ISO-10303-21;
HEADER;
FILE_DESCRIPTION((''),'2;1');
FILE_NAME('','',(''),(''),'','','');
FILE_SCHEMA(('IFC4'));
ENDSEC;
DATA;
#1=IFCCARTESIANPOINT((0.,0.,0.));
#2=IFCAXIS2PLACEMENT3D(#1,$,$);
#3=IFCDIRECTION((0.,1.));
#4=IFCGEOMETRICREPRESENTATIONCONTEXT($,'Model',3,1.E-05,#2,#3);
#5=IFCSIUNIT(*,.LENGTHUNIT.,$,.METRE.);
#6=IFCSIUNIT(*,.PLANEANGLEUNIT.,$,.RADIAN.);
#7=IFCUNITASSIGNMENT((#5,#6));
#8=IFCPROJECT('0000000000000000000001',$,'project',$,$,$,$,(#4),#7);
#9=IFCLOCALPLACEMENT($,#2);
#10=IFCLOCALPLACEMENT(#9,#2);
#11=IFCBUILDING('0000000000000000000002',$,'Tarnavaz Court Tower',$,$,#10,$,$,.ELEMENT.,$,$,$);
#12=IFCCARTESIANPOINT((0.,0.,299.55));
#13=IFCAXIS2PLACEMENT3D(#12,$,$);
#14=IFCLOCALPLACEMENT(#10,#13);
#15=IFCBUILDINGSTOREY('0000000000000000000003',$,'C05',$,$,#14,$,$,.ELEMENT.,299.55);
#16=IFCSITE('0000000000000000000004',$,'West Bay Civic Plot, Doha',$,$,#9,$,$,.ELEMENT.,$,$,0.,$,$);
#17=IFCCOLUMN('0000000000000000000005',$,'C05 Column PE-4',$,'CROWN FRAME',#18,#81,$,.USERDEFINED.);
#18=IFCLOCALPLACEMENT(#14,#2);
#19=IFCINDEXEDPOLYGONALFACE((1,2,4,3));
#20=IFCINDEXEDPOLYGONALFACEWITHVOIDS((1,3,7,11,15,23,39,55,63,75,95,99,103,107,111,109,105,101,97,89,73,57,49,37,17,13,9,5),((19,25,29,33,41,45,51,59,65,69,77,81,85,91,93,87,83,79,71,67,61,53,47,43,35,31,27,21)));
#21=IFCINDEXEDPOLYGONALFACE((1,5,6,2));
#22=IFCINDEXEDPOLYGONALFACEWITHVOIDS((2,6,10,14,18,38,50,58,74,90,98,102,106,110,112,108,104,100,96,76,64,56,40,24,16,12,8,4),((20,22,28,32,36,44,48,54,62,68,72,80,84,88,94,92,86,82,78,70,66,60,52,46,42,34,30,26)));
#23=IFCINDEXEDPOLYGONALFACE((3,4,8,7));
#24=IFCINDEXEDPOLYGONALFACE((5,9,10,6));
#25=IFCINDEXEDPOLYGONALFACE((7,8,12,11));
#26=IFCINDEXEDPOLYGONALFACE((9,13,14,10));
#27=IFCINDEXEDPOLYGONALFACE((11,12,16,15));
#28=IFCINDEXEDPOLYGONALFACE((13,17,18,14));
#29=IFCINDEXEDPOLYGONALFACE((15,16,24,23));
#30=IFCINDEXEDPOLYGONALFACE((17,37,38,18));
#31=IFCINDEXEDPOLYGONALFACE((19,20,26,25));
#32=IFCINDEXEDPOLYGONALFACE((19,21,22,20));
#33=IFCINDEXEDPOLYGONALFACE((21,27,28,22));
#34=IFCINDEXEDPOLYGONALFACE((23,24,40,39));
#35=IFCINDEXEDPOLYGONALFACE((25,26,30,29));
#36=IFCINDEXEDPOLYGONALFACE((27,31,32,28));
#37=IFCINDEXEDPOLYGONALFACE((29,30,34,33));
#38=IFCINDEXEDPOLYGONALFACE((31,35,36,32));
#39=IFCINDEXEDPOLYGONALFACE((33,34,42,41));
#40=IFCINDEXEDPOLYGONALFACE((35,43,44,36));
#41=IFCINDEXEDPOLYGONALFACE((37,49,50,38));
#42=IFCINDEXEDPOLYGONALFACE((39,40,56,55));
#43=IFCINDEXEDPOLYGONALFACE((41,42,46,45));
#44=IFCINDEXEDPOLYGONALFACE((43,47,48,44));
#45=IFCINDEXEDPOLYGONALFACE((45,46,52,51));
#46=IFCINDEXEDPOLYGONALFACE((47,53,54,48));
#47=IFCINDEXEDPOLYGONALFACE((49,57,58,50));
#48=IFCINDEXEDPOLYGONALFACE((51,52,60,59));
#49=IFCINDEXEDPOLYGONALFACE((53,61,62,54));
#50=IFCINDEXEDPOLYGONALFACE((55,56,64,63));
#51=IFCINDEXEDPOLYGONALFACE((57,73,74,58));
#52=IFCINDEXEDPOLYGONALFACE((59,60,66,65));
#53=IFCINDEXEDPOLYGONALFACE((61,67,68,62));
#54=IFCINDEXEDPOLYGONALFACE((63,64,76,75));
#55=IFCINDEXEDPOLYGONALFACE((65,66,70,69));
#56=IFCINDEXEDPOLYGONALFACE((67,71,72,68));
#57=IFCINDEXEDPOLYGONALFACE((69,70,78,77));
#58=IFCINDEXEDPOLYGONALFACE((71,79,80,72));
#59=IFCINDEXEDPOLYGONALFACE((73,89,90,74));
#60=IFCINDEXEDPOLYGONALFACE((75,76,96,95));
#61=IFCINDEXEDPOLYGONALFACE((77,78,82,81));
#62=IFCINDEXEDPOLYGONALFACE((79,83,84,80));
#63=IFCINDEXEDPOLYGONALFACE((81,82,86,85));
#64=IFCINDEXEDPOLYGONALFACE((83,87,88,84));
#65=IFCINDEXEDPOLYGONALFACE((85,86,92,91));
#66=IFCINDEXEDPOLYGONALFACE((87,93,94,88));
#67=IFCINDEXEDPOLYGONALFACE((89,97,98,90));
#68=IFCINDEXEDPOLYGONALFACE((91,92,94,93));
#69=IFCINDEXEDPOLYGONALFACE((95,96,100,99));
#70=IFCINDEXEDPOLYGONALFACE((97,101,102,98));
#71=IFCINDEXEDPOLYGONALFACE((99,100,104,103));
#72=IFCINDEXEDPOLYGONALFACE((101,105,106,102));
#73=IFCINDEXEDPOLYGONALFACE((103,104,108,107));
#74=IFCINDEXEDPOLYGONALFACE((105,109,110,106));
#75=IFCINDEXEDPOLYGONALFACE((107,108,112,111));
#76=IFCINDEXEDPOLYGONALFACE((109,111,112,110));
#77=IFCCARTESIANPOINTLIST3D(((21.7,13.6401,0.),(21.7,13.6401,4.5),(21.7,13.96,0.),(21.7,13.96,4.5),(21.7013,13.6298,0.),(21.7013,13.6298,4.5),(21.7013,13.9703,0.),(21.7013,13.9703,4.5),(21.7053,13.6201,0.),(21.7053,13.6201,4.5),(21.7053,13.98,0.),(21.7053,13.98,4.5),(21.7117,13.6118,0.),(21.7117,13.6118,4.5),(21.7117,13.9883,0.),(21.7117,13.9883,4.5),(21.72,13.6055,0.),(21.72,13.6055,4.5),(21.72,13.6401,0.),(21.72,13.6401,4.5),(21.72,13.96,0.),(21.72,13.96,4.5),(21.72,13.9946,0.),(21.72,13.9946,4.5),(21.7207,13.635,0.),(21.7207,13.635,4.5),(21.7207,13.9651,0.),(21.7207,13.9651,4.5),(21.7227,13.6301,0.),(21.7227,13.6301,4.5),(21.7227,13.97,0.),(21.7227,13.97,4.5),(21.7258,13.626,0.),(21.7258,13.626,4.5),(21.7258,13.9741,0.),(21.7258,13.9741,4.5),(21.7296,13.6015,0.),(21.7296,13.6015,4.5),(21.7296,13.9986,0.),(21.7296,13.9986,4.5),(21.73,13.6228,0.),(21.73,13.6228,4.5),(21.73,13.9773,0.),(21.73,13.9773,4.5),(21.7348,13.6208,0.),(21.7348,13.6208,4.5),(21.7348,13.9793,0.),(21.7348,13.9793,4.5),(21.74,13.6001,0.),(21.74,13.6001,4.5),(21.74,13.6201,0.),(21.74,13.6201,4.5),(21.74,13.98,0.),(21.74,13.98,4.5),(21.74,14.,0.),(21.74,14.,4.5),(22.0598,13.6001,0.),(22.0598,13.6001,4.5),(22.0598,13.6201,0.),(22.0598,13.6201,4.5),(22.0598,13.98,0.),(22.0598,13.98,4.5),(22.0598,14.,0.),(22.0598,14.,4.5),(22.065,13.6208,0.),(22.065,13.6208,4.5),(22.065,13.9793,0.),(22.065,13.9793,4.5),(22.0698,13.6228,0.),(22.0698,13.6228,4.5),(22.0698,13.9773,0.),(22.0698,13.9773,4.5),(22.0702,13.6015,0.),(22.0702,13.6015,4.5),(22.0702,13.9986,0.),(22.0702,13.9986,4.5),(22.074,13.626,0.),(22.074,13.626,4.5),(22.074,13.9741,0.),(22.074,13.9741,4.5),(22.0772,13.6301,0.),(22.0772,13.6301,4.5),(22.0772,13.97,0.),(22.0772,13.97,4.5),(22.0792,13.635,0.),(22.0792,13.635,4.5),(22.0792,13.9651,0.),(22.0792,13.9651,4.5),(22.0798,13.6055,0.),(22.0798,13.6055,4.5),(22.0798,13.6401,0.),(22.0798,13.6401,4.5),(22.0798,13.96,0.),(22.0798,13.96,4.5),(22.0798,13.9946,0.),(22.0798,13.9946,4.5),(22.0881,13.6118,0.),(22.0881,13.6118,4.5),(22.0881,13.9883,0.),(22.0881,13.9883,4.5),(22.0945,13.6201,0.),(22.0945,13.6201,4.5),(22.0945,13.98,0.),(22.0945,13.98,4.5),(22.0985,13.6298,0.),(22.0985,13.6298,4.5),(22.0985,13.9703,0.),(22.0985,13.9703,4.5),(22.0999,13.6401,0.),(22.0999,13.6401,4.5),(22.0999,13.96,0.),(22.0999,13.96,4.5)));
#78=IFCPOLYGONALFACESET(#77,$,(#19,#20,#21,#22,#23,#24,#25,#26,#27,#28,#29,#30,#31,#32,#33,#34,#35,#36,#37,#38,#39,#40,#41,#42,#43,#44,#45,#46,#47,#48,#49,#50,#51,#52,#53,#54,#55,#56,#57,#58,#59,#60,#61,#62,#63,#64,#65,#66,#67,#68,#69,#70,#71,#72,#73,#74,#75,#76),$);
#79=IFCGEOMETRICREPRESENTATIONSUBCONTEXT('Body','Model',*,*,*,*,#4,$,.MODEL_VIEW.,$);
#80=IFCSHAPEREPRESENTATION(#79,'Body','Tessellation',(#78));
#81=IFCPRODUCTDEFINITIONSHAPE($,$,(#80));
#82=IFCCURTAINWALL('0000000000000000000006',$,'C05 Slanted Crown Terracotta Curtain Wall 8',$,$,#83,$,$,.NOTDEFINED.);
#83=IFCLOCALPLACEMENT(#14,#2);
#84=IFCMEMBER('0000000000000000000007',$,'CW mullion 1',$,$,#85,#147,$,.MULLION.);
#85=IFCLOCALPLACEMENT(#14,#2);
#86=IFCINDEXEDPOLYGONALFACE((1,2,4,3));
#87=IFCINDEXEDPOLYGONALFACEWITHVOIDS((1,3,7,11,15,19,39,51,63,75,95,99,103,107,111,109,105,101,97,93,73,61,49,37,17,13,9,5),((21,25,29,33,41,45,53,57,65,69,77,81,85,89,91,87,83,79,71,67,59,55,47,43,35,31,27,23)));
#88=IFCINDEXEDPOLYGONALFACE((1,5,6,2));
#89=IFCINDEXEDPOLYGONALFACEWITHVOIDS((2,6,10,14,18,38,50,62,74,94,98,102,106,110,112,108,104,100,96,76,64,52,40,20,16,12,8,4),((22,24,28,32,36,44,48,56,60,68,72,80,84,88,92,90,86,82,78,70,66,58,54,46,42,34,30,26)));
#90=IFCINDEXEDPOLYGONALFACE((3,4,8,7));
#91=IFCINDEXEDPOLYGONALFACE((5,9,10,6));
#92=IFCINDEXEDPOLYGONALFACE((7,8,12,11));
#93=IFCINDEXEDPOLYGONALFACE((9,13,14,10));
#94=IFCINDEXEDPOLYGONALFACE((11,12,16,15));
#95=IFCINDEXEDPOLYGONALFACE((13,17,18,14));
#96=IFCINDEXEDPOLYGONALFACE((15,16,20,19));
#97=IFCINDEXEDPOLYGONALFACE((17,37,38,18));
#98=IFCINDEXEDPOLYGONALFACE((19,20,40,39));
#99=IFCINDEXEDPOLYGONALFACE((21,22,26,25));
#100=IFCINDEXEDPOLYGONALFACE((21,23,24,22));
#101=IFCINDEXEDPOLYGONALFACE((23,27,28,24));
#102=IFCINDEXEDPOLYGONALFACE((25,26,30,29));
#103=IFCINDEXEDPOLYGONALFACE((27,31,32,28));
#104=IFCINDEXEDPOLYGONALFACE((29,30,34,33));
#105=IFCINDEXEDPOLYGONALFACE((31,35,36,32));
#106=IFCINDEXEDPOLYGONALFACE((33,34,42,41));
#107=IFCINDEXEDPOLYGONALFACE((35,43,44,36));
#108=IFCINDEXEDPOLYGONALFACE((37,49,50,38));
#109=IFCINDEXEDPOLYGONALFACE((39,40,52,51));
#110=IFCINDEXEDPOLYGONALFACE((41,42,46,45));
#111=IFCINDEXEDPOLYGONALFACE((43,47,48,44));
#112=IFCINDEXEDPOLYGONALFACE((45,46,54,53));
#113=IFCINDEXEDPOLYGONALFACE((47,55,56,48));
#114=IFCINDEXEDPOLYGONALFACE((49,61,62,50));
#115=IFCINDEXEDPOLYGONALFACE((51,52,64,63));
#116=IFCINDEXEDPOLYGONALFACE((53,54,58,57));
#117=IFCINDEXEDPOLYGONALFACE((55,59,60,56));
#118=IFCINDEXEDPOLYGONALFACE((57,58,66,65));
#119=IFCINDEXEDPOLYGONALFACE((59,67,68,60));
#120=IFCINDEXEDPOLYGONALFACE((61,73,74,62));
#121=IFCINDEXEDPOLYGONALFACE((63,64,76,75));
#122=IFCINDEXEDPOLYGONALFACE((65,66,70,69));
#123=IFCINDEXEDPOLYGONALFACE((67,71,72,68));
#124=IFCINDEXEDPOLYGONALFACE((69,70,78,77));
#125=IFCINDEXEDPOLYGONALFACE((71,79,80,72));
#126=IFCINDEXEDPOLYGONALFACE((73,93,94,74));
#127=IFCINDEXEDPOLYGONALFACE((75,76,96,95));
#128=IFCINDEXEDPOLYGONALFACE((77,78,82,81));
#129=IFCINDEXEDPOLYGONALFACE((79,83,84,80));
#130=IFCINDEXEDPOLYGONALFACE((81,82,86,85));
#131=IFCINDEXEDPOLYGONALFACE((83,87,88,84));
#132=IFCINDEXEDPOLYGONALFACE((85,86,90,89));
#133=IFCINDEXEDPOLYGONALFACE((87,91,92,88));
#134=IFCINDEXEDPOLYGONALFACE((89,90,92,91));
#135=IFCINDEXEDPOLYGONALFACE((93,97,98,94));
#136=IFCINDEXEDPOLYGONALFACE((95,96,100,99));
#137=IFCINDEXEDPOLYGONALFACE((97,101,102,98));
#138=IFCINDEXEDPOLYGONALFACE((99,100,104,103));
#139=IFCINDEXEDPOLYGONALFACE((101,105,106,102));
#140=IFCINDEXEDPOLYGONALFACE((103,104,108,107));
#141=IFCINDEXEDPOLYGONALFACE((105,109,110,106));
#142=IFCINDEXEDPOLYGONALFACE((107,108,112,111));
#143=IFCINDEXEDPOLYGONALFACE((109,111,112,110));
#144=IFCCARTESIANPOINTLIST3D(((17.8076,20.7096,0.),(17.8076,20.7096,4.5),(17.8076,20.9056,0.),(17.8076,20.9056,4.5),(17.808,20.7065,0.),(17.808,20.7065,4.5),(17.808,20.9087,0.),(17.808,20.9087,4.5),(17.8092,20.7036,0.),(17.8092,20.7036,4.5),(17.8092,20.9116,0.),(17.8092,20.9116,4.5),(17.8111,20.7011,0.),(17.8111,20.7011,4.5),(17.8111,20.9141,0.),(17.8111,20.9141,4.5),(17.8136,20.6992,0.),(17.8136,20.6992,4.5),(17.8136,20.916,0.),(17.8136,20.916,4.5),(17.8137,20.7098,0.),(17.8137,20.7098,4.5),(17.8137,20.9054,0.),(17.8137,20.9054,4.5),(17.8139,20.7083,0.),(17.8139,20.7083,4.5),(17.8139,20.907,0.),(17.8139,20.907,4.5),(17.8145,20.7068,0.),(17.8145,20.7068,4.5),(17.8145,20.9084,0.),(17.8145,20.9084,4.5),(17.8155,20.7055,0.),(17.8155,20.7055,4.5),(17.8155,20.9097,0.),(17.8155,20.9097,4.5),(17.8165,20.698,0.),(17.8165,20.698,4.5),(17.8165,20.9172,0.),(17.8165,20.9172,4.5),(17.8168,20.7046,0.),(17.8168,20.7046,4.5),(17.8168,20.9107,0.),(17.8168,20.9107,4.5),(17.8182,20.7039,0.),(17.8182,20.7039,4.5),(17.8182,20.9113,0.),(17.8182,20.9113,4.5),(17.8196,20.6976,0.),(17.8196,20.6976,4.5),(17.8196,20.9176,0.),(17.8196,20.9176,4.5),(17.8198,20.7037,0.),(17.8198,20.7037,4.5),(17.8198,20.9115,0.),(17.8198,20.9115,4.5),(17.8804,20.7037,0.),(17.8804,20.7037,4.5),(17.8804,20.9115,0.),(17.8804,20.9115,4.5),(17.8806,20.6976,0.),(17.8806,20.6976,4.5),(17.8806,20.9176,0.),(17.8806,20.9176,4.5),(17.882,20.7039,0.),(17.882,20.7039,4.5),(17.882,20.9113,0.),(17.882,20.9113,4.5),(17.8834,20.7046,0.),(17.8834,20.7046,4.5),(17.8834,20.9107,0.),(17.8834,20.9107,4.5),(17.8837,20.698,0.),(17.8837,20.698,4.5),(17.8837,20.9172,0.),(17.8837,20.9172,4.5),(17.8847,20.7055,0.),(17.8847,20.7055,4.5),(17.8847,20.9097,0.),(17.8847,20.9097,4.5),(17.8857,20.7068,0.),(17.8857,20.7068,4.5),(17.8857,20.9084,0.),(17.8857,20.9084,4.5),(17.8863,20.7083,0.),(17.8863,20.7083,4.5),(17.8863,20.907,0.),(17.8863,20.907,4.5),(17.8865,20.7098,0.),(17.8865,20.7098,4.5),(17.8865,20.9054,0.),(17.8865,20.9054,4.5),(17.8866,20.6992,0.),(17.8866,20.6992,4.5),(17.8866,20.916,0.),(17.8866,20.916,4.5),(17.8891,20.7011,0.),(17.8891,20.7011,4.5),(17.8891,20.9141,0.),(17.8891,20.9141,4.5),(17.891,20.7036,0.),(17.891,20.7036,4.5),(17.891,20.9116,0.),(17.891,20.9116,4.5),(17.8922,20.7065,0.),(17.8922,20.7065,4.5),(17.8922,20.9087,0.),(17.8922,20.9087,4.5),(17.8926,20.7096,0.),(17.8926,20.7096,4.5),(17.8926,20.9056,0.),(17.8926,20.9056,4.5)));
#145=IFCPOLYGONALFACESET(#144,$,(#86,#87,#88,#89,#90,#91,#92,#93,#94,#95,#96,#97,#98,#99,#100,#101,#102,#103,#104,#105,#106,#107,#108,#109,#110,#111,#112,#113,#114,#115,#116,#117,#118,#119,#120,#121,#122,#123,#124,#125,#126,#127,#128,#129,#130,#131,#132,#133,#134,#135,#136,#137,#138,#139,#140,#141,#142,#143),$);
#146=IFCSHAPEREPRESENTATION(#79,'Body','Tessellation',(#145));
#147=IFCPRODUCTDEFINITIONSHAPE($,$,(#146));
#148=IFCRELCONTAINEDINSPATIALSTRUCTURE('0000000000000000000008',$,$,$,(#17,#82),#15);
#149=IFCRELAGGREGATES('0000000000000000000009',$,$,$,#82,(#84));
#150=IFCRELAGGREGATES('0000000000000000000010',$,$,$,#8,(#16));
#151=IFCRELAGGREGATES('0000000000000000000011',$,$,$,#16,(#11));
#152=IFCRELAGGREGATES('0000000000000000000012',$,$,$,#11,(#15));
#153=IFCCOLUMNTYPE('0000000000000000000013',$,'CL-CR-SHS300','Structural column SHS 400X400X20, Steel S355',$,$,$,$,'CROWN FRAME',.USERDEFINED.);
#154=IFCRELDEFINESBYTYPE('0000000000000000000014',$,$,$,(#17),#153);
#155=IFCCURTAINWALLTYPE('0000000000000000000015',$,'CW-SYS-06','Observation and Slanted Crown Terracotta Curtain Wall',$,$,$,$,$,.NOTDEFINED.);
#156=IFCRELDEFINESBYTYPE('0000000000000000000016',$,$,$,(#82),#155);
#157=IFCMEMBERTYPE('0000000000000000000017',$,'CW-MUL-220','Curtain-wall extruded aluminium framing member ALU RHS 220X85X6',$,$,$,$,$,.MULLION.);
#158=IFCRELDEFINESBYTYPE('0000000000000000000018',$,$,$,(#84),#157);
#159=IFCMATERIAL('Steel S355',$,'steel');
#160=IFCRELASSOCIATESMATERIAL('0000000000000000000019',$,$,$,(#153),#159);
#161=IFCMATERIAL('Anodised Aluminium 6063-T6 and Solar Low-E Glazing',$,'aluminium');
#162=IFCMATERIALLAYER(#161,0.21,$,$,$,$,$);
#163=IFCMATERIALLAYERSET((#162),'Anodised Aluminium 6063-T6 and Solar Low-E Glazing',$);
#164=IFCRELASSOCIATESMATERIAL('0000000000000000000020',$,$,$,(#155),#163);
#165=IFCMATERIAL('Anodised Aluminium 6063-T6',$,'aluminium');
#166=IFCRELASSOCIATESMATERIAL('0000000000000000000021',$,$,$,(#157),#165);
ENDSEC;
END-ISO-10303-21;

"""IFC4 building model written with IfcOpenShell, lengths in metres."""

from ifc_helpers import new_model, si_unit, direction, frame, origin, origin_2d, place, context, subcontext, project, spatial, hollow_rectangle, extrude, material, layer, layer_set, material_profile, profile_set, type_object, element, aggregate, save


model = new_model("IFC4")

# Units and contexts
model_context = context("Model", 3, precision=1e-05, world=origin(), true_north=direction((0.0, 1.0)))
body_context = subcontext(model_context, "Body", "Model", "MODEL_VIEW")
ifc_project = project(units=[si_unit("LENGTHUNIT", "METRE"), si_unit("PLANEANGLEUNIT", "RADIAN")], contexts=[model_context])

# Site, building, storey
site_placement = place(None, origin())
site = spatial("IfcSite", under=ifc_project, at=site_placement, Name="West Bay Civic Plot, Doha", CompositionType="ELEMENT", RefElevation=0.0)
building_placement = place(site_placement, origin())
building = spatial("IfcBuilding", under=site, at=building_placement, Name="Tarnavaz Court Tower", CompositionType="ELEMENT")
storey_placement = place(building_placement, frame((0.0, 0.0, 299.55)))
storey = spatial("IfcBuildingStorey", under=building, at=storey_placement, Name="C05", CompositionType="ELEMENT", Elevation=299.55)

# Column
ifc_material_1 = material(Name="Steel S355", Category="steel")
ifc_material_profile_1 = material_profile(ifc_material_1, hollow_rectangle(XDim=0.3999, YDim=0.3999, WallThickness=0.02, InnerFilletRadius=0.02, OuterFilletRadius=0.04, at=origin_2d()), Name="SHS 400X400X20")
ifc_profile_set_1 = profile_set([ifc_material_profile_1], Name="Steel S355")
column_type = type_object("IfcColumnType", Name="CL-CR-SHS300", Description="Structural column SHS 400X400X20, Steel S355", ElementType="CROWN FRAME", PredefinedType="USERDEFINED", material=ifc_profile_set_1)
column_placement = place(storey_placement, frame((21.8999, 13.8, 0.0), z_axis=(0.0, 0.0, 1.0), x_axis=(1.0, 0.0, 0.0)))
element("IfcColumn", 1, at=column_placement, inside=storey, type_object=column_type, Name="C05 Column PE-4", ObjectType="CROWN FRAME", PredefinedType="USERDEFINED", context=body_context, shape_type="SweptSolid", body=[
    extrude(hollow_rectangle(XDim=0.3999, YDim=0.3999, WallThickness=0.02, InnerFilletRadius=0.02, OuterFilletRadius=0.04, at=origin_2d()), origin(), (0.0, 0.0, 1.0), 4.5),
])

# Curtain wall, member
ifc_material_2 = material(Name="Anodised Aluminium 6063-T6 and Solar Low-E Glazing", Category="aluminium")
ifc_layer_1 = layer(ifc_material_2, 0.21)
ifc_layer_set_1 = layer_set([ifc_layer_1], Name="Anodised Aluminium 6063-T6 and Solar Low-E Glazing")
curtain_wall_type = type_object("IfcCurtainWallType", Name="CW-SYS-06", Description="Observation and Slanted Crown Terracotta Curtain Wall", PredefinedType="NOTDEFINED", material=ifc_layer_set_1)
curtain_wall_1_placement = place(storey_placement, origin())
curtain_wall_1 = element("IfcCurtainWall", 2, at=curtain_wall_1_placement, inside=storey, type_object=curtain_wall_type, Name="C05 Slanted Crown Terracotta Curtain Wall 8", PredefinedType="NOTDEFINED")
ifc_material_3 = material(Name="Anodised Aluminium 6063-T6", Category="aluminium")
ifc_material_profile_2 = material_profile(ifc_material_3, hollow_rectangle(XDim=0.085, YDim=0.22, WallThickness=0.0061, InnerFilletRadius=0.0061, OuterFilletRadius=0.012, at=origin_2d()), Name="ALU RHS 220X85X6")
ifc_profile_set_2 = profile_set([ifc_material_profile_2], Name="Anodised Aluminium 6063-T6")
member_type_1 = type_object("IfcMemberType", Name="CW-MUL-220", Description="Curtain-wall extruded aluminium framing member ALU RHS 220X85X6", PredefinedType="MULLION", material=ifc_profile_set_2)
member_1_placement = place(storey_placement, frame((17.8501, 20.8076, 0.0), z_axis=(0.0, 0.0, 1.0), x_axis=(1.0, 0.0, 0.0)))
member_1 = element("IfcMember", 3, at=member_1_placement, type_object=member_type_1, Name="CW mullion 1", PredefinedType="MULLION", context=body_context, shape_type="SweptSolid", body=[
    extrude(hollow_rectangle(XDim=0.085, YDim=0.22, WallThickness=0.0061, InnerFilletRadius=0.0061, OuterFilletRadius=0.012, at=origin_2d()), origin(), (0.0, 0.0, 1.0), 4.5),
])

aggregate(curtain_wall_1, [member_1])

save(model, "model.ifc")
